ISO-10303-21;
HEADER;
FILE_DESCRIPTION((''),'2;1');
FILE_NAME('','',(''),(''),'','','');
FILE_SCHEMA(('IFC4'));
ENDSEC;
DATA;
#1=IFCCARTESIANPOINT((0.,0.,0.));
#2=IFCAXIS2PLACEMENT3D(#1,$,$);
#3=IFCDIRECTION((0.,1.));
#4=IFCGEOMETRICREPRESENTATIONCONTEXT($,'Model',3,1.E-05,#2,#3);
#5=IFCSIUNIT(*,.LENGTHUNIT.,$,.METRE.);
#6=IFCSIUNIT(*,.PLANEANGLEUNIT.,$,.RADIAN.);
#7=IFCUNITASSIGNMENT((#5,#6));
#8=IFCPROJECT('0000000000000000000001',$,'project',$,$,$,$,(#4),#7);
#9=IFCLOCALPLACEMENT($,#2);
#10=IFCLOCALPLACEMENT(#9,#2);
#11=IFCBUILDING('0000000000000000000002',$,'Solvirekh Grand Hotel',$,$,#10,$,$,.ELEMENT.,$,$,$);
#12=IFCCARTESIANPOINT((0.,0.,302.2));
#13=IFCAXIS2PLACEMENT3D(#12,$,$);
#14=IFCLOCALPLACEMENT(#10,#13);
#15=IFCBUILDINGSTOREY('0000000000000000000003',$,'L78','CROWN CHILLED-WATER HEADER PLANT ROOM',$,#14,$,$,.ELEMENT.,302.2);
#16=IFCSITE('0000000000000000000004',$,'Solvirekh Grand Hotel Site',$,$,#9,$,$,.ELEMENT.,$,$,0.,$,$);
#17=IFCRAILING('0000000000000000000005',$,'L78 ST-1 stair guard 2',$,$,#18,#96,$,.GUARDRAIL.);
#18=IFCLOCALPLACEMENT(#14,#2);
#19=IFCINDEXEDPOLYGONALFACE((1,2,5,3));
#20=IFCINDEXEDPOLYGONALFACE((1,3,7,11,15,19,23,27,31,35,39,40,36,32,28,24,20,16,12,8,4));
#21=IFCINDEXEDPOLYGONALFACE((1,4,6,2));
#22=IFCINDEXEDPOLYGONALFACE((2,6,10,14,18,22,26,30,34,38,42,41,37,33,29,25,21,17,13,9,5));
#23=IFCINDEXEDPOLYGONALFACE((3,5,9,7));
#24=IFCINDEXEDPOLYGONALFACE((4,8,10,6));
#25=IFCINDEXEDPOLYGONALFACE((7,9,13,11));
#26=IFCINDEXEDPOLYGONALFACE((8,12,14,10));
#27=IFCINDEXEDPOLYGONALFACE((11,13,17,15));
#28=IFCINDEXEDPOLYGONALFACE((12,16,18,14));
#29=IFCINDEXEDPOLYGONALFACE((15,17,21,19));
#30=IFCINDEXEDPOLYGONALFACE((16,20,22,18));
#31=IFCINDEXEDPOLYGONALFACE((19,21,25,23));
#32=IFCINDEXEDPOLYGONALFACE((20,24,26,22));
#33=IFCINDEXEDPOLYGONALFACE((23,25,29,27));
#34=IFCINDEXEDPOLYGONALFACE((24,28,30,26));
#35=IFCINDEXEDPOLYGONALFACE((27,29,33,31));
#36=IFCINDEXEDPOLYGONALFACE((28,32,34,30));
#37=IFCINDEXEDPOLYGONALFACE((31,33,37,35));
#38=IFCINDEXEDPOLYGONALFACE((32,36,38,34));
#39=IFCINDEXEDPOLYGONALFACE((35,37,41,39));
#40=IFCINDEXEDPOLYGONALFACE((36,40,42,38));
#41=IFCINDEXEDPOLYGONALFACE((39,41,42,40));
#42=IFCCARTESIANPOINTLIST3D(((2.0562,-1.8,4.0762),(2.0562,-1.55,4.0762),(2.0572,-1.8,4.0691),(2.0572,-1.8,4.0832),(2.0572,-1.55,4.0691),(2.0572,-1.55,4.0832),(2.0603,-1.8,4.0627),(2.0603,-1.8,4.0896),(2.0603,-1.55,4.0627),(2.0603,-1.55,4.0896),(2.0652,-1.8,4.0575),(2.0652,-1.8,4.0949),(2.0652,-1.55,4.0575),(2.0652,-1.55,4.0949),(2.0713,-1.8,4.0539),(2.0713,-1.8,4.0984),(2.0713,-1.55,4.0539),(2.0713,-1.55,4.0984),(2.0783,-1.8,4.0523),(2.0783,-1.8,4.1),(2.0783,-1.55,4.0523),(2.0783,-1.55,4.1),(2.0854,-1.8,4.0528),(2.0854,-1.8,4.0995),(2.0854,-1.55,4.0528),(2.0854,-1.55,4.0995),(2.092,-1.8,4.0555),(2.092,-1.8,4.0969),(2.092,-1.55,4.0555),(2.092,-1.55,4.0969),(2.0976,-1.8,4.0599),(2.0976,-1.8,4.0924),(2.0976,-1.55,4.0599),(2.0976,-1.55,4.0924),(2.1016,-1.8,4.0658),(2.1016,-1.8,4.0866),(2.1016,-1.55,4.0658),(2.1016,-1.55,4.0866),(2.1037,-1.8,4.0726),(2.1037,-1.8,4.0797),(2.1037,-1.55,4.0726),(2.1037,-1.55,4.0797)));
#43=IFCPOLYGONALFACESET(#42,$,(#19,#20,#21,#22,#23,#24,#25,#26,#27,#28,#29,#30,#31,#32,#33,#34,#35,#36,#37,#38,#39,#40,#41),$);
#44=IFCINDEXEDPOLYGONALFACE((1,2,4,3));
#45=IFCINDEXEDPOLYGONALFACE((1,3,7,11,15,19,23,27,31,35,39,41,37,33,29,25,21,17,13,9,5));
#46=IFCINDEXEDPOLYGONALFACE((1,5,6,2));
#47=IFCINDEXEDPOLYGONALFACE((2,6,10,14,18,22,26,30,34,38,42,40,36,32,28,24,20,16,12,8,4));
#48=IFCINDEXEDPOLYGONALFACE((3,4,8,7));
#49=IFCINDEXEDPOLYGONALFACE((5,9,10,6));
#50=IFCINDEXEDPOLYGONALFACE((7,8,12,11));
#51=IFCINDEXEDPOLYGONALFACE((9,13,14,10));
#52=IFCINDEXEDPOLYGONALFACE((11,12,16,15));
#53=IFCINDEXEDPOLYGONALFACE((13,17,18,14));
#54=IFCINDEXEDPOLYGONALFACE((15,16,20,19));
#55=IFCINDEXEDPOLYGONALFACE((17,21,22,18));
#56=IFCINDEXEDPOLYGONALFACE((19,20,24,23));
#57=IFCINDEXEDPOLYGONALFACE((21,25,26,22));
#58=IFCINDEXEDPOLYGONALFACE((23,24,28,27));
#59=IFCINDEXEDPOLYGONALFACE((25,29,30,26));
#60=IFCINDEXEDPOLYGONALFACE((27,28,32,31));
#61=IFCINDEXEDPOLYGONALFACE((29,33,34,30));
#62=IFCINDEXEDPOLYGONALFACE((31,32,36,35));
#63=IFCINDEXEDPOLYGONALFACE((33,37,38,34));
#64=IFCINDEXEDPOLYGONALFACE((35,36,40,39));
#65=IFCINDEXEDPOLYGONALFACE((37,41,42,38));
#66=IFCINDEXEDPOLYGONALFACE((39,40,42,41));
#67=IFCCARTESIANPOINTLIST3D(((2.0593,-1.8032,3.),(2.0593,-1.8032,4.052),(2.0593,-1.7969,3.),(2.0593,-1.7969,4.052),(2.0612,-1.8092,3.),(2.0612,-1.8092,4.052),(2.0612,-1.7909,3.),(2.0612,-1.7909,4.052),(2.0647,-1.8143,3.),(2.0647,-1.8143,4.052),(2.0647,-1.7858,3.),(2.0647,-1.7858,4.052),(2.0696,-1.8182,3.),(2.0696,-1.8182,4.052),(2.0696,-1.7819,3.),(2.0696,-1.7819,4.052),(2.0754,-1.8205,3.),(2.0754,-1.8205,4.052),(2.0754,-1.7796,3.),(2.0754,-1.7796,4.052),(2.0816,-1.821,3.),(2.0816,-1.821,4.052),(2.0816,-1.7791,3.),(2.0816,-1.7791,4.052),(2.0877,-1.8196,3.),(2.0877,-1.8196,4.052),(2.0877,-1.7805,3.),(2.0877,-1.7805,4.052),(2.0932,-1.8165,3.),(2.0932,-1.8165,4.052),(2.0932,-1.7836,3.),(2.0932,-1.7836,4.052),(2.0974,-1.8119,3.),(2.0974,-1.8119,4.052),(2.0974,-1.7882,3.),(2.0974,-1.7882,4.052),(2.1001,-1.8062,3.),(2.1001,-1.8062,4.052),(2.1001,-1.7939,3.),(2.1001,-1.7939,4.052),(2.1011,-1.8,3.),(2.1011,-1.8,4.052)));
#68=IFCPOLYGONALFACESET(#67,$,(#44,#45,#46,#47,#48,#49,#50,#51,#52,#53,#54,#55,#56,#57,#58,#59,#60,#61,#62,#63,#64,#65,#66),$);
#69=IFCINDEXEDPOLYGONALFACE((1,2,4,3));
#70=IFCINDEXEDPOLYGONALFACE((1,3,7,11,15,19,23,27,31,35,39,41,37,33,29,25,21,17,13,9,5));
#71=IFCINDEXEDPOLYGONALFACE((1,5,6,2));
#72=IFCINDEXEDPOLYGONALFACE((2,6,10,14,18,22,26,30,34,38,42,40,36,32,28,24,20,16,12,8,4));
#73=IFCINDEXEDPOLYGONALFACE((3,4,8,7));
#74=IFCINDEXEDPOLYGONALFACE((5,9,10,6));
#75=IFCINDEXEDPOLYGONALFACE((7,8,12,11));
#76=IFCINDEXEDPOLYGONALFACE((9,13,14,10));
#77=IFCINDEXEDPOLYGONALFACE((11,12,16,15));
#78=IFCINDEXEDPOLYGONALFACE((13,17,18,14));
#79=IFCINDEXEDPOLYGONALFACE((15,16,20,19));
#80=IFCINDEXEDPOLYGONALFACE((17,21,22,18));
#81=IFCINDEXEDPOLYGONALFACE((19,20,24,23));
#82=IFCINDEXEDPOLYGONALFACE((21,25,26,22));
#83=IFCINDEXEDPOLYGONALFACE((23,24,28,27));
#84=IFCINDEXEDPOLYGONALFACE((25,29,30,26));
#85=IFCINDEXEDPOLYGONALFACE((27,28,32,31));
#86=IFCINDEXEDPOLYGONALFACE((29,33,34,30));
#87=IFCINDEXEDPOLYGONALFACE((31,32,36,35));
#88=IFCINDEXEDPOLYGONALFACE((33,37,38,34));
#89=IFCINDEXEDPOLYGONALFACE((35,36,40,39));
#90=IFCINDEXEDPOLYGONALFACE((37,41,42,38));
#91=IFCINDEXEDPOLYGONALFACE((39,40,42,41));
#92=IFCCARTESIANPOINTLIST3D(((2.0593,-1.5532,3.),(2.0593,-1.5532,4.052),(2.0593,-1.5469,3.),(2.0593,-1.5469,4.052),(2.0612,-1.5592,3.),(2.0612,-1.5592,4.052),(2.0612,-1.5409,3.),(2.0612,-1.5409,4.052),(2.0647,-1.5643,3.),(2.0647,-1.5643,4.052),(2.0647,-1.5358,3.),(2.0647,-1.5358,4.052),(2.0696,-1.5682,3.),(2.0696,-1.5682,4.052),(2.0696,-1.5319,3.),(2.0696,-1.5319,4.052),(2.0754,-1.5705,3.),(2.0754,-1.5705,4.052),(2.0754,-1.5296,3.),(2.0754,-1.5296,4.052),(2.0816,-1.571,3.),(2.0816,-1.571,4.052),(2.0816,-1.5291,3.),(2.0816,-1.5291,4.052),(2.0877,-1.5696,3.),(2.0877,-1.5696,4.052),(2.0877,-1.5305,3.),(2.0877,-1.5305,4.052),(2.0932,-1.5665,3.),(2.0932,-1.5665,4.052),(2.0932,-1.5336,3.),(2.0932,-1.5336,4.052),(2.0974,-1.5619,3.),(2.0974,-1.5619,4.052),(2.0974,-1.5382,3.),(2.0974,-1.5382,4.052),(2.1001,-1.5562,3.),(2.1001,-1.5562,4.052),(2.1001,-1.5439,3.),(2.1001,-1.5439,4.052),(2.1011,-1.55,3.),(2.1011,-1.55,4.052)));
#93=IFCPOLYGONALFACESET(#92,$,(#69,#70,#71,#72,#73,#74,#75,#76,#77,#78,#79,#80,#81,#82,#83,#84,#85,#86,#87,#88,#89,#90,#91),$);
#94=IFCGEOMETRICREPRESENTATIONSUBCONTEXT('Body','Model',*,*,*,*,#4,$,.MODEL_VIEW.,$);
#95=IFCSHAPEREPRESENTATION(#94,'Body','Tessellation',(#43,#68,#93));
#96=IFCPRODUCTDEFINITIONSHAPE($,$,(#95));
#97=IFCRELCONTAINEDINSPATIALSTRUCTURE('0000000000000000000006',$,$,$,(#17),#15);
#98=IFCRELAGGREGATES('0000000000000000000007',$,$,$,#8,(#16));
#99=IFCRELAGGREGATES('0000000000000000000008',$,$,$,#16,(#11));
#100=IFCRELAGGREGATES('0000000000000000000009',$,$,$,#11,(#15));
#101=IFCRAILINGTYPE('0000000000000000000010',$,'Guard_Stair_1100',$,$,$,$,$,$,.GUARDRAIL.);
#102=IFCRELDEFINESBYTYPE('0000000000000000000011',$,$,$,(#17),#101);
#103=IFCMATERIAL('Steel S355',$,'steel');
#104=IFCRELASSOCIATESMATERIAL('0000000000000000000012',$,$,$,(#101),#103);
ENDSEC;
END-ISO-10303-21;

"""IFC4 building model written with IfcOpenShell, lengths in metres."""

from ifc_helpers import new_model, si_unit, direction, frame, origin, origin_2d, place, context, subcontext, project, spatial, circle, extrude, material, type_object, element, save


model = new_model("IFC4")

# Units and contexts
model_context = context("Model", 3, precision=1e-05, world=origin(), true_north=direction((0.0, 1.0)))
body_context = subcontext(model_context, "Body", "Model", "MODEL_VIEW")
ifc_project = project(units=[si_unit("LENGTHUNIT", "METRE"), si_unit("PLANEANGLEUNIT", "RADIAN")], contexts=[model_context])

# Site, building, storey
site_placement = place(None, origin())
site = spatial("IfcSite", under=ifc_project, at=site_placement, Name="Solvirekh Grand Hotel Site", CompositionType="ELEMENT", RefElevation=0.0)
building_placement = place(site_placement, origin())
building = spatial("IfcBuilding", under=site, at=building_placement, Name="Solvirekh Grand Hotel", CompositionType="ELEMENT")
storey_placement = place(building_placement, frame((0.0, 0.0, 302.2)))
storey = spatial("IfcBuildingStorey", under=building, at=storey_placement, Name="L78", Description="CROWN CHILLED-WATER HEADER PLANT ROOM", CompositionType="ELEMENT", Elevation=302.2)

# Shared definitions
ifc_material_1 = material(Name="Steel S355", Category="steel")

# Railing
railing_type_1 = type_object("IfcRailingType", Name="Guard_Stair_1100", PredefinedType="GUARDRAIL", material=ifc_material_1)
railing_1_placement = place(storey_placement, frame((2.0801, -1.8, 3.0)))
element("IfcRailing", 1, at=railing_1_placement, inside=storey, type_object=railing_type_1, Name="L78 ST-1 stair guard 2", PredefinedType="GUARDRAIL", context=body_context, shape_type="SweptSolid", body=[
    extrude(circle(Radius=0.0239, at=origin_2d()), frame((0.0, 0.0, 1.0762), z_axis=(0.0, 1.0, 0.0), x_axis=(-1.0, 0.0, 0.0)), (0.0, 0.0, 1.0), 0.25),
    extrude(circle(Radius=0.021, at=origin_2d()), origin(), (0.0, 0.0, 1.0), 1.052),
    extrude(circle(Radius=0.021, at=origin_2d()), frame((0.0, 0.25, 0.0)), (0.0, 0.0, 1.0), 1.052),
])

save(model, "model.ifc")
